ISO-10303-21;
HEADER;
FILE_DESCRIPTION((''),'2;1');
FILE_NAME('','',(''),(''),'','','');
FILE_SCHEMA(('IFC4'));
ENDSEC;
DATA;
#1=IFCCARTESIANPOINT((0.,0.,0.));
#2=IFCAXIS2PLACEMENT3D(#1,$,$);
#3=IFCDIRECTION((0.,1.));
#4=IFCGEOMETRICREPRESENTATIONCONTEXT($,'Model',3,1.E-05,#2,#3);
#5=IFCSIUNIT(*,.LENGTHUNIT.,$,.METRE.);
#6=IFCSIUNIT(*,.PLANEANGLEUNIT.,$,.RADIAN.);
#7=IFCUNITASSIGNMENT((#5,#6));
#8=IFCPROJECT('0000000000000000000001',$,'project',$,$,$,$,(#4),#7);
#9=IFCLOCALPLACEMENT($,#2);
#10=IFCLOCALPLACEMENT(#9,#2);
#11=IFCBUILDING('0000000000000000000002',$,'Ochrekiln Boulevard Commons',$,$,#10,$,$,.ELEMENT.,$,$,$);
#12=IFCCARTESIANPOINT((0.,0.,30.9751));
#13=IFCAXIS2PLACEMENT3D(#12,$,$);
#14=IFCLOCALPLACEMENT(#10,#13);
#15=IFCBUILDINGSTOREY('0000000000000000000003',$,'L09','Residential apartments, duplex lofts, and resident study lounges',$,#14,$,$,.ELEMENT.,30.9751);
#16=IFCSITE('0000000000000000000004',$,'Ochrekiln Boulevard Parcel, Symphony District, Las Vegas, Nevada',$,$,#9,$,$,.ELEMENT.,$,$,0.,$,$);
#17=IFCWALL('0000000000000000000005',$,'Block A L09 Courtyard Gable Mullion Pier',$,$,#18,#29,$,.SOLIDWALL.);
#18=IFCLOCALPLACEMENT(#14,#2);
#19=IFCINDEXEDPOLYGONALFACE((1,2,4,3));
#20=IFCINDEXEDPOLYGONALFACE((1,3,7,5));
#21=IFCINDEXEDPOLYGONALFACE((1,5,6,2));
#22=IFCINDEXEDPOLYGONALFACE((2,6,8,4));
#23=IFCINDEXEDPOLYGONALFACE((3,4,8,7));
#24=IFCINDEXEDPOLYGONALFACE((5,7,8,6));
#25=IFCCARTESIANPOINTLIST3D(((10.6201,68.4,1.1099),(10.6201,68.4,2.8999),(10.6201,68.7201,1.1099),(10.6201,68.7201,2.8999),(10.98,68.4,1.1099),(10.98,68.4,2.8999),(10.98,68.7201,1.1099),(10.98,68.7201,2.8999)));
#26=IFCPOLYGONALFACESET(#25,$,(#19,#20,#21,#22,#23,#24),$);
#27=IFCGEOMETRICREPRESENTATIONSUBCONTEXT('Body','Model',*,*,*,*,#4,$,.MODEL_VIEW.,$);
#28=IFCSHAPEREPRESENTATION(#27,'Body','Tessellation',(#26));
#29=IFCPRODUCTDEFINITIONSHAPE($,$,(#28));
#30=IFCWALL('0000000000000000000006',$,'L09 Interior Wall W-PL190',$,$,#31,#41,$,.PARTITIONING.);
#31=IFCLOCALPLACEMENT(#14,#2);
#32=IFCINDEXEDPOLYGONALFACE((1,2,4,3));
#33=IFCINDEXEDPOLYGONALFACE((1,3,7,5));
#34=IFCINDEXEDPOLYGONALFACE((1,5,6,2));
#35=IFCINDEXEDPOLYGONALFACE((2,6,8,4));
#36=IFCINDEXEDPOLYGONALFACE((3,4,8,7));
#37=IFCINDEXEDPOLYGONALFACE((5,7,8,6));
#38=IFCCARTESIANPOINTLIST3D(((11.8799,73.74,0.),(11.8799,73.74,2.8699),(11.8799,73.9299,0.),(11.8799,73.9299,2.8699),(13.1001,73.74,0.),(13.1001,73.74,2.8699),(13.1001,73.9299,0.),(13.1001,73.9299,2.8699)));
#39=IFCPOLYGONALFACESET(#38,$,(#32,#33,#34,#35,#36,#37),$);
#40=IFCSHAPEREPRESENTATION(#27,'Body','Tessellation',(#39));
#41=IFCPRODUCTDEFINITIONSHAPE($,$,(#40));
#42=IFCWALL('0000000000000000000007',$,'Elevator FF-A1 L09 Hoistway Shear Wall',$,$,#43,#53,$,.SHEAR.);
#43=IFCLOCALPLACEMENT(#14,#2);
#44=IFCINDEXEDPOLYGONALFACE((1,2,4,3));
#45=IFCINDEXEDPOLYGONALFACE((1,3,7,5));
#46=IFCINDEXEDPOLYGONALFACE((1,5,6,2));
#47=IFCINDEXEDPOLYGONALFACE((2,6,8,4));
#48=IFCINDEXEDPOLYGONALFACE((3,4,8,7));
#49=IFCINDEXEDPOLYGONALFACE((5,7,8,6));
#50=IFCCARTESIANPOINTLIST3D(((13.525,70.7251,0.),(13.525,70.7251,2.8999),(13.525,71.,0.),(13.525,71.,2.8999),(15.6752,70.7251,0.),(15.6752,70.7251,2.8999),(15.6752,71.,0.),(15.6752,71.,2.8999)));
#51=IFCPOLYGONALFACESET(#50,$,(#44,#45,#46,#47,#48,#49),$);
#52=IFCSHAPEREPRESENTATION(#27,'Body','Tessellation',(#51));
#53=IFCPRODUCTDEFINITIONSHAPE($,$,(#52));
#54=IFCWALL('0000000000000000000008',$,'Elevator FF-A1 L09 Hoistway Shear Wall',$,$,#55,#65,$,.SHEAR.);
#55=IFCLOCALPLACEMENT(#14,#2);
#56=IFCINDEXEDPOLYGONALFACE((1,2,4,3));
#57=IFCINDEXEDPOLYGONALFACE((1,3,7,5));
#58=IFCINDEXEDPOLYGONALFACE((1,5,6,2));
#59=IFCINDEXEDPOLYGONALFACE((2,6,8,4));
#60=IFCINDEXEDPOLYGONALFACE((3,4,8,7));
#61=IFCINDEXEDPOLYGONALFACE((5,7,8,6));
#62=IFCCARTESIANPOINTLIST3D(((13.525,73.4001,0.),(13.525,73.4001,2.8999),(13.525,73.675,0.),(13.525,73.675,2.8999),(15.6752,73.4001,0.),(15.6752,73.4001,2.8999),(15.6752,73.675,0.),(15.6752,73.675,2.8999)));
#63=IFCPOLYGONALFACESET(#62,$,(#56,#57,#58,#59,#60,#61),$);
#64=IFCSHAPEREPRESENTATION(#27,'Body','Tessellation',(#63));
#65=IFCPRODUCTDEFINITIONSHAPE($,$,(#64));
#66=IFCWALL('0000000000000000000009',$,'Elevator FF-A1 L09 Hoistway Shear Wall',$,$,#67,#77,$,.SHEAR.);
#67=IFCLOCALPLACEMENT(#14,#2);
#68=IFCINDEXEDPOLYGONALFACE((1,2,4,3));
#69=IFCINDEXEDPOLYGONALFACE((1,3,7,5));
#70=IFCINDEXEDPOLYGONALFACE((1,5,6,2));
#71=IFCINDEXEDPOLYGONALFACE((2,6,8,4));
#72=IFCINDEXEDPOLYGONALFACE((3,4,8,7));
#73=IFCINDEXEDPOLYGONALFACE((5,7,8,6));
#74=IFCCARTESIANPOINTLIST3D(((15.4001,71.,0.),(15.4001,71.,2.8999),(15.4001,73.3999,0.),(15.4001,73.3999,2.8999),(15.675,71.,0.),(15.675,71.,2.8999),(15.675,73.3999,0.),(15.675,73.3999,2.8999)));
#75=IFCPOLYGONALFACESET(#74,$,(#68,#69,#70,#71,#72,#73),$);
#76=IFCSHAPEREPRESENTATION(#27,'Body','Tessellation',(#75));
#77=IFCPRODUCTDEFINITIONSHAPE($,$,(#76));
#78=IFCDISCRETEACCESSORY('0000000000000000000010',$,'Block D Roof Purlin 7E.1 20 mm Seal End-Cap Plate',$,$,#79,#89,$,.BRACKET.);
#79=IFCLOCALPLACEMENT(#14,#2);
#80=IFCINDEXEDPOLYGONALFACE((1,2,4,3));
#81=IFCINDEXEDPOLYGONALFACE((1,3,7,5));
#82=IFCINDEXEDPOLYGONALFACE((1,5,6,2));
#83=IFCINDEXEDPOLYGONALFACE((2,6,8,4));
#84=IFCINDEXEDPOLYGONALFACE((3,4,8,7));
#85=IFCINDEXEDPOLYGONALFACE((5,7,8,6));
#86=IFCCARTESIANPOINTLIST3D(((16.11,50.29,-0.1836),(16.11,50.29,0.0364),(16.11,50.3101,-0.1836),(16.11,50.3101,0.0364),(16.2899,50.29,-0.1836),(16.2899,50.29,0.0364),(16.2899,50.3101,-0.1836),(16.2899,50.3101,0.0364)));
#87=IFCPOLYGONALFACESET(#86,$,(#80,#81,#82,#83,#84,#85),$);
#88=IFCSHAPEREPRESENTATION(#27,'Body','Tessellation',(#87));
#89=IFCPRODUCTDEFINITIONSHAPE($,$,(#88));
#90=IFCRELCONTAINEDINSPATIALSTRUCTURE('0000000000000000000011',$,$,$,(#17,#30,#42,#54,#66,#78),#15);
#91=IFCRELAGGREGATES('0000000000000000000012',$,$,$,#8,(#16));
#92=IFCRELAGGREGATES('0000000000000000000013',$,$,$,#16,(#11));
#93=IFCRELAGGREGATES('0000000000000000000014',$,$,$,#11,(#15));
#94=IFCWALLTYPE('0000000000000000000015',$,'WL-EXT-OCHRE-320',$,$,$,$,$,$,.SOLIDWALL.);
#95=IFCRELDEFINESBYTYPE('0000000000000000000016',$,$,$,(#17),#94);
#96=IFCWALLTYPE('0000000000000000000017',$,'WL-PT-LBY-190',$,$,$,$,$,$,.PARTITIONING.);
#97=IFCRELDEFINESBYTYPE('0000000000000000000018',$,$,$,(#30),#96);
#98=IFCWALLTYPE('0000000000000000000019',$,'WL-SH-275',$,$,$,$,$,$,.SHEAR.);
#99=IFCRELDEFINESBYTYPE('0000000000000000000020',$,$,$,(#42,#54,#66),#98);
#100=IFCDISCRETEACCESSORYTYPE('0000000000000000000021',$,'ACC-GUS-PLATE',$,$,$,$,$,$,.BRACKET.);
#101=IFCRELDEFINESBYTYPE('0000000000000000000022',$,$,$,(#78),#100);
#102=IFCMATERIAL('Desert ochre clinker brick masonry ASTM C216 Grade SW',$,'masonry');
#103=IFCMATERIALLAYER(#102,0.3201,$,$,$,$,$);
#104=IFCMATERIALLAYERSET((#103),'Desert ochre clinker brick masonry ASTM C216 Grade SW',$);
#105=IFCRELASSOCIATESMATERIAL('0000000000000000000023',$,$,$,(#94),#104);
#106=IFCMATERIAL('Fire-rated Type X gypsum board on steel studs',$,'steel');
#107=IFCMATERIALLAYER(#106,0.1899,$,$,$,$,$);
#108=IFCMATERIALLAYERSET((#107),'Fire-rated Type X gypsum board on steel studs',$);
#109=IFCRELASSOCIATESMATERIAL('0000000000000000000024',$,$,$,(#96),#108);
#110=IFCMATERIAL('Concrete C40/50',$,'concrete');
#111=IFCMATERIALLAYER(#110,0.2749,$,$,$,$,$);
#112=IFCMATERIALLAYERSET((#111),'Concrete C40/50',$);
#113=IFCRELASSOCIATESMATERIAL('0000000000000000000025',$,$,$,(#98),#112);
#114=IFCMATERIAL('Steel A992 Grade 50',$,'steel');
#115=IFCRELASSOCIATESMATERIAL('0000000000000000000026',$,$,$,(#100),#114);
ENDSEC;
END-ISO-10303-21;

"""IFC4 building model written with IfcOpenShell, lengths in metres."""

from ifc_helpers import new_model, si_unit, direction, frame, frame_2d, origin, origin_2d, place, context, subcontext, project, spatial, rectangle, extrude, material, layer, layer_set, type_object, element, save


model = new_model("IFC4")

# Units and contexts
model_context = context("Model", 3, precision=1e-05, world=origin(), true_north=direction((0.0, 1.0)))
body_context = subcontext(model_context, "Body", "Model", "MODEL_VIEW")
ifc_project = project(units=[si_unit("LENGTHUNIT", "METRE"), si_unit("PLANEANGLEUNIT", "RADIAN")], contexts=[model_context])

# Site, building, storey
site_placement = place(None, origin())
site = spatial("IfcSite", under=ifc_project, at=site_placement, Name="Ochrekiln Boulevard Parcel, Symphony District, Las Vegas, Nevada", CompositionType="ELEMENT", RefElevation=0.0)
building_placement = place(site_placement, origin())
building = spatial("IfcBuilding", under=site, at=building_placement, Name="Ochrekiln Boulevard Commons", CompositionType="ELEMENT")
storey_placement = place(building_placement, frame((0.0, 0.0, 30.9751)))
storey = spatial("IfcBuildingStorey", under=building, at=storey_placement, Name="L09", Description="Residential apartments, duplex lofts, and resident study lounges", CompositionType="ELEMENT", Elevation=30.9751)

# Shared definitions
ifc_material_1 = material(Name="Concrete C40/50", Category="concrete")

# Walls
ifc_material_2 = material(Name="Desert ochre clinker brick masonry ASTM C216 Grade SW", Category="masonry")
ifc_layer_1 = layer(ifc_material_2, 0.3201)
ifc_layer_set_1 = layer_set([ifc_layer_1], Name="Desert ochre clinker brick masonry ASTM C216 Grade SW")
wall_type_1 = type_object("IfcWallType", Name="WL-EXT-OCHRE-320", PredefinedType="SOLIDWALL", material=ifc_layer_set_1)
wall_1_placement = place(storey_placement, frame((10.6201, 68.5601, 1.1099), z_axis=(0.0, 0.0, 1.0), x_axis=(1.0, 0.0, 0.0)))
element("IfcWall", 1, at=wall_1_placement, inside=storey, type_object=wall_type_1, Name="Block A L09 Courtyard Gable Mullion Pier", PredefinedType="SOLIDWALL", context=body_context, shape_type="SweptSolid", body=[
    extrude(rectangle(XDim=0.3599, YDim=0.3201, at=frame_2d((0.1799, 0.0))), origin(), (0.0, 0.0, 1.0), 1.79),
])
ifc_material_3 = material(Name="Fire-rated Type X gypsum board on steel studs", Category="steel")
ifc_layer_2 = layer(ifc_material_3, 0.1899)
ifc_layer_set_2 = layer_set([ifc_layer_2], Name="Fire-rated Type X gypsum board on steel studs")
wall_type_2 = type_object("IfcWallType", Name="WL-PT-LBY-190", PredefinedType="PARTITIONING", material=ifc_layer_set_2)
wall_2_placement = place(storey_placement, frame((11.8799, 73.835, 0.0), z_axis=(0.0, 0.0, 1.0), x_axis=(1.0, 0.0, 0.0)))
element("IfcWall", 2, at=wall_2_placement, inside=storey, type_object=wall_type_2, Name="L09 Interior Wall W-PL190", PredefinedType="PARTITIONING", context=body_context, shape_type="SweptSolid", body=[
    extrude(rectangle(XDim=1.2202, YDim=0.1899, at=frame_2d((0.6101, 0.0))), origin(), (0.0, 0.0, 1.0), 2.8699),
])

# Walls
ifc_layer_3 = layer(ifc_material_1, 0.2749)
ifc_layer_set_3 = layer_set([ifc_layer_3], Name="Concrete C40/50")
wall_type_3 = type_object("IfcWallType", Name="WL-SH-275", PredefinedType="SHEAR", material=ifc_layer_set_3)
for number, where, z_axis, x_axis, name in (
    (3, (13.5249, 70.8625, 0.0), (0.0, 0.0, 1.0), (1.0, 0.0, 0.0), "Elevator FF-A1 L09 Hoistway Shear Wall"),
    (4, (13.5249, 73.5376, 0.0), (0.0, 0.0, 1.0), (1.0, 0.0, 0.0), "Elevator FF-A1 L09 Hoistway Shear Wall"),
):
    element("IfcWall", number, at=place(storey_placement, frame(where, z_axis=z_axis, x_axis=x_axis)), inside=storey, type_object=wall_type_3, Name=name, PredefinedType="SHEAR", context=body_context, shape_type="SweptSolid", body=[
        extrude(rectangle(XDim=2.1501, YDim=0.2749, at=frame_2d((1.0752, 0.0))), origin(), (0.0, 0.0, 1.0), 2.8999),
    ])

# Wall
wall_3_placement = place(storey_placement, frame((15.5376, 71.0, 0.0), z_axis=(0.0, 0.0, 1.0), x_axis=(0.0, 1.0, 0.0)))
element("IfcWall", 5, at=wall_3_placement, inside=storey, type_object=wall_type_3, Name="Elevator FF-A1 L09 Hoistway Shear Wall", PredefinedType="SHEAR", context=body_context, shape_type="SweptSolid", body=[
    extrude(rectangle(XDim=2.3999, YDim=0.2749, at=frame_2d((1.2, 0.0))), origin(), (0.0, 0.0, 1.0), 2.8999),
])

# Discrete accessory
ifc_material_4 = material(Name="Steel A992 Grade 50", Category="steel")
discrete_accessory_type = type_object("IfcDiscreteAccessoryType", Name="ACC-GUS-PLATE", PredefinedType="BRACKET", material=ifc_material_4)
discrete_accessory_placement = place(storey_placement, frame((16.2, 50.3, -0.1836), z_axis=(0.0, 0.0, 1.0), x_axis=(1.0, 0.0, 0.0)))
element("IfcDiscreteAccessory", 6, at=discrete_accessory_placement, inside=storey, type_object=discrete_accessory_type, Name="Block D Roof Purlin 7E.1 20 mm Seal End-Cap Plate", PredefinedType="BRACKET", context=body_context, shape_type="SweptSolid", body=[
    extrude(rectangle(XDim=0.1799, YDim=0.02, at=origin_2d()), origin(), (0.0, 0.0, 1.0), 0.22),
])

save(model, "model.ifc")
